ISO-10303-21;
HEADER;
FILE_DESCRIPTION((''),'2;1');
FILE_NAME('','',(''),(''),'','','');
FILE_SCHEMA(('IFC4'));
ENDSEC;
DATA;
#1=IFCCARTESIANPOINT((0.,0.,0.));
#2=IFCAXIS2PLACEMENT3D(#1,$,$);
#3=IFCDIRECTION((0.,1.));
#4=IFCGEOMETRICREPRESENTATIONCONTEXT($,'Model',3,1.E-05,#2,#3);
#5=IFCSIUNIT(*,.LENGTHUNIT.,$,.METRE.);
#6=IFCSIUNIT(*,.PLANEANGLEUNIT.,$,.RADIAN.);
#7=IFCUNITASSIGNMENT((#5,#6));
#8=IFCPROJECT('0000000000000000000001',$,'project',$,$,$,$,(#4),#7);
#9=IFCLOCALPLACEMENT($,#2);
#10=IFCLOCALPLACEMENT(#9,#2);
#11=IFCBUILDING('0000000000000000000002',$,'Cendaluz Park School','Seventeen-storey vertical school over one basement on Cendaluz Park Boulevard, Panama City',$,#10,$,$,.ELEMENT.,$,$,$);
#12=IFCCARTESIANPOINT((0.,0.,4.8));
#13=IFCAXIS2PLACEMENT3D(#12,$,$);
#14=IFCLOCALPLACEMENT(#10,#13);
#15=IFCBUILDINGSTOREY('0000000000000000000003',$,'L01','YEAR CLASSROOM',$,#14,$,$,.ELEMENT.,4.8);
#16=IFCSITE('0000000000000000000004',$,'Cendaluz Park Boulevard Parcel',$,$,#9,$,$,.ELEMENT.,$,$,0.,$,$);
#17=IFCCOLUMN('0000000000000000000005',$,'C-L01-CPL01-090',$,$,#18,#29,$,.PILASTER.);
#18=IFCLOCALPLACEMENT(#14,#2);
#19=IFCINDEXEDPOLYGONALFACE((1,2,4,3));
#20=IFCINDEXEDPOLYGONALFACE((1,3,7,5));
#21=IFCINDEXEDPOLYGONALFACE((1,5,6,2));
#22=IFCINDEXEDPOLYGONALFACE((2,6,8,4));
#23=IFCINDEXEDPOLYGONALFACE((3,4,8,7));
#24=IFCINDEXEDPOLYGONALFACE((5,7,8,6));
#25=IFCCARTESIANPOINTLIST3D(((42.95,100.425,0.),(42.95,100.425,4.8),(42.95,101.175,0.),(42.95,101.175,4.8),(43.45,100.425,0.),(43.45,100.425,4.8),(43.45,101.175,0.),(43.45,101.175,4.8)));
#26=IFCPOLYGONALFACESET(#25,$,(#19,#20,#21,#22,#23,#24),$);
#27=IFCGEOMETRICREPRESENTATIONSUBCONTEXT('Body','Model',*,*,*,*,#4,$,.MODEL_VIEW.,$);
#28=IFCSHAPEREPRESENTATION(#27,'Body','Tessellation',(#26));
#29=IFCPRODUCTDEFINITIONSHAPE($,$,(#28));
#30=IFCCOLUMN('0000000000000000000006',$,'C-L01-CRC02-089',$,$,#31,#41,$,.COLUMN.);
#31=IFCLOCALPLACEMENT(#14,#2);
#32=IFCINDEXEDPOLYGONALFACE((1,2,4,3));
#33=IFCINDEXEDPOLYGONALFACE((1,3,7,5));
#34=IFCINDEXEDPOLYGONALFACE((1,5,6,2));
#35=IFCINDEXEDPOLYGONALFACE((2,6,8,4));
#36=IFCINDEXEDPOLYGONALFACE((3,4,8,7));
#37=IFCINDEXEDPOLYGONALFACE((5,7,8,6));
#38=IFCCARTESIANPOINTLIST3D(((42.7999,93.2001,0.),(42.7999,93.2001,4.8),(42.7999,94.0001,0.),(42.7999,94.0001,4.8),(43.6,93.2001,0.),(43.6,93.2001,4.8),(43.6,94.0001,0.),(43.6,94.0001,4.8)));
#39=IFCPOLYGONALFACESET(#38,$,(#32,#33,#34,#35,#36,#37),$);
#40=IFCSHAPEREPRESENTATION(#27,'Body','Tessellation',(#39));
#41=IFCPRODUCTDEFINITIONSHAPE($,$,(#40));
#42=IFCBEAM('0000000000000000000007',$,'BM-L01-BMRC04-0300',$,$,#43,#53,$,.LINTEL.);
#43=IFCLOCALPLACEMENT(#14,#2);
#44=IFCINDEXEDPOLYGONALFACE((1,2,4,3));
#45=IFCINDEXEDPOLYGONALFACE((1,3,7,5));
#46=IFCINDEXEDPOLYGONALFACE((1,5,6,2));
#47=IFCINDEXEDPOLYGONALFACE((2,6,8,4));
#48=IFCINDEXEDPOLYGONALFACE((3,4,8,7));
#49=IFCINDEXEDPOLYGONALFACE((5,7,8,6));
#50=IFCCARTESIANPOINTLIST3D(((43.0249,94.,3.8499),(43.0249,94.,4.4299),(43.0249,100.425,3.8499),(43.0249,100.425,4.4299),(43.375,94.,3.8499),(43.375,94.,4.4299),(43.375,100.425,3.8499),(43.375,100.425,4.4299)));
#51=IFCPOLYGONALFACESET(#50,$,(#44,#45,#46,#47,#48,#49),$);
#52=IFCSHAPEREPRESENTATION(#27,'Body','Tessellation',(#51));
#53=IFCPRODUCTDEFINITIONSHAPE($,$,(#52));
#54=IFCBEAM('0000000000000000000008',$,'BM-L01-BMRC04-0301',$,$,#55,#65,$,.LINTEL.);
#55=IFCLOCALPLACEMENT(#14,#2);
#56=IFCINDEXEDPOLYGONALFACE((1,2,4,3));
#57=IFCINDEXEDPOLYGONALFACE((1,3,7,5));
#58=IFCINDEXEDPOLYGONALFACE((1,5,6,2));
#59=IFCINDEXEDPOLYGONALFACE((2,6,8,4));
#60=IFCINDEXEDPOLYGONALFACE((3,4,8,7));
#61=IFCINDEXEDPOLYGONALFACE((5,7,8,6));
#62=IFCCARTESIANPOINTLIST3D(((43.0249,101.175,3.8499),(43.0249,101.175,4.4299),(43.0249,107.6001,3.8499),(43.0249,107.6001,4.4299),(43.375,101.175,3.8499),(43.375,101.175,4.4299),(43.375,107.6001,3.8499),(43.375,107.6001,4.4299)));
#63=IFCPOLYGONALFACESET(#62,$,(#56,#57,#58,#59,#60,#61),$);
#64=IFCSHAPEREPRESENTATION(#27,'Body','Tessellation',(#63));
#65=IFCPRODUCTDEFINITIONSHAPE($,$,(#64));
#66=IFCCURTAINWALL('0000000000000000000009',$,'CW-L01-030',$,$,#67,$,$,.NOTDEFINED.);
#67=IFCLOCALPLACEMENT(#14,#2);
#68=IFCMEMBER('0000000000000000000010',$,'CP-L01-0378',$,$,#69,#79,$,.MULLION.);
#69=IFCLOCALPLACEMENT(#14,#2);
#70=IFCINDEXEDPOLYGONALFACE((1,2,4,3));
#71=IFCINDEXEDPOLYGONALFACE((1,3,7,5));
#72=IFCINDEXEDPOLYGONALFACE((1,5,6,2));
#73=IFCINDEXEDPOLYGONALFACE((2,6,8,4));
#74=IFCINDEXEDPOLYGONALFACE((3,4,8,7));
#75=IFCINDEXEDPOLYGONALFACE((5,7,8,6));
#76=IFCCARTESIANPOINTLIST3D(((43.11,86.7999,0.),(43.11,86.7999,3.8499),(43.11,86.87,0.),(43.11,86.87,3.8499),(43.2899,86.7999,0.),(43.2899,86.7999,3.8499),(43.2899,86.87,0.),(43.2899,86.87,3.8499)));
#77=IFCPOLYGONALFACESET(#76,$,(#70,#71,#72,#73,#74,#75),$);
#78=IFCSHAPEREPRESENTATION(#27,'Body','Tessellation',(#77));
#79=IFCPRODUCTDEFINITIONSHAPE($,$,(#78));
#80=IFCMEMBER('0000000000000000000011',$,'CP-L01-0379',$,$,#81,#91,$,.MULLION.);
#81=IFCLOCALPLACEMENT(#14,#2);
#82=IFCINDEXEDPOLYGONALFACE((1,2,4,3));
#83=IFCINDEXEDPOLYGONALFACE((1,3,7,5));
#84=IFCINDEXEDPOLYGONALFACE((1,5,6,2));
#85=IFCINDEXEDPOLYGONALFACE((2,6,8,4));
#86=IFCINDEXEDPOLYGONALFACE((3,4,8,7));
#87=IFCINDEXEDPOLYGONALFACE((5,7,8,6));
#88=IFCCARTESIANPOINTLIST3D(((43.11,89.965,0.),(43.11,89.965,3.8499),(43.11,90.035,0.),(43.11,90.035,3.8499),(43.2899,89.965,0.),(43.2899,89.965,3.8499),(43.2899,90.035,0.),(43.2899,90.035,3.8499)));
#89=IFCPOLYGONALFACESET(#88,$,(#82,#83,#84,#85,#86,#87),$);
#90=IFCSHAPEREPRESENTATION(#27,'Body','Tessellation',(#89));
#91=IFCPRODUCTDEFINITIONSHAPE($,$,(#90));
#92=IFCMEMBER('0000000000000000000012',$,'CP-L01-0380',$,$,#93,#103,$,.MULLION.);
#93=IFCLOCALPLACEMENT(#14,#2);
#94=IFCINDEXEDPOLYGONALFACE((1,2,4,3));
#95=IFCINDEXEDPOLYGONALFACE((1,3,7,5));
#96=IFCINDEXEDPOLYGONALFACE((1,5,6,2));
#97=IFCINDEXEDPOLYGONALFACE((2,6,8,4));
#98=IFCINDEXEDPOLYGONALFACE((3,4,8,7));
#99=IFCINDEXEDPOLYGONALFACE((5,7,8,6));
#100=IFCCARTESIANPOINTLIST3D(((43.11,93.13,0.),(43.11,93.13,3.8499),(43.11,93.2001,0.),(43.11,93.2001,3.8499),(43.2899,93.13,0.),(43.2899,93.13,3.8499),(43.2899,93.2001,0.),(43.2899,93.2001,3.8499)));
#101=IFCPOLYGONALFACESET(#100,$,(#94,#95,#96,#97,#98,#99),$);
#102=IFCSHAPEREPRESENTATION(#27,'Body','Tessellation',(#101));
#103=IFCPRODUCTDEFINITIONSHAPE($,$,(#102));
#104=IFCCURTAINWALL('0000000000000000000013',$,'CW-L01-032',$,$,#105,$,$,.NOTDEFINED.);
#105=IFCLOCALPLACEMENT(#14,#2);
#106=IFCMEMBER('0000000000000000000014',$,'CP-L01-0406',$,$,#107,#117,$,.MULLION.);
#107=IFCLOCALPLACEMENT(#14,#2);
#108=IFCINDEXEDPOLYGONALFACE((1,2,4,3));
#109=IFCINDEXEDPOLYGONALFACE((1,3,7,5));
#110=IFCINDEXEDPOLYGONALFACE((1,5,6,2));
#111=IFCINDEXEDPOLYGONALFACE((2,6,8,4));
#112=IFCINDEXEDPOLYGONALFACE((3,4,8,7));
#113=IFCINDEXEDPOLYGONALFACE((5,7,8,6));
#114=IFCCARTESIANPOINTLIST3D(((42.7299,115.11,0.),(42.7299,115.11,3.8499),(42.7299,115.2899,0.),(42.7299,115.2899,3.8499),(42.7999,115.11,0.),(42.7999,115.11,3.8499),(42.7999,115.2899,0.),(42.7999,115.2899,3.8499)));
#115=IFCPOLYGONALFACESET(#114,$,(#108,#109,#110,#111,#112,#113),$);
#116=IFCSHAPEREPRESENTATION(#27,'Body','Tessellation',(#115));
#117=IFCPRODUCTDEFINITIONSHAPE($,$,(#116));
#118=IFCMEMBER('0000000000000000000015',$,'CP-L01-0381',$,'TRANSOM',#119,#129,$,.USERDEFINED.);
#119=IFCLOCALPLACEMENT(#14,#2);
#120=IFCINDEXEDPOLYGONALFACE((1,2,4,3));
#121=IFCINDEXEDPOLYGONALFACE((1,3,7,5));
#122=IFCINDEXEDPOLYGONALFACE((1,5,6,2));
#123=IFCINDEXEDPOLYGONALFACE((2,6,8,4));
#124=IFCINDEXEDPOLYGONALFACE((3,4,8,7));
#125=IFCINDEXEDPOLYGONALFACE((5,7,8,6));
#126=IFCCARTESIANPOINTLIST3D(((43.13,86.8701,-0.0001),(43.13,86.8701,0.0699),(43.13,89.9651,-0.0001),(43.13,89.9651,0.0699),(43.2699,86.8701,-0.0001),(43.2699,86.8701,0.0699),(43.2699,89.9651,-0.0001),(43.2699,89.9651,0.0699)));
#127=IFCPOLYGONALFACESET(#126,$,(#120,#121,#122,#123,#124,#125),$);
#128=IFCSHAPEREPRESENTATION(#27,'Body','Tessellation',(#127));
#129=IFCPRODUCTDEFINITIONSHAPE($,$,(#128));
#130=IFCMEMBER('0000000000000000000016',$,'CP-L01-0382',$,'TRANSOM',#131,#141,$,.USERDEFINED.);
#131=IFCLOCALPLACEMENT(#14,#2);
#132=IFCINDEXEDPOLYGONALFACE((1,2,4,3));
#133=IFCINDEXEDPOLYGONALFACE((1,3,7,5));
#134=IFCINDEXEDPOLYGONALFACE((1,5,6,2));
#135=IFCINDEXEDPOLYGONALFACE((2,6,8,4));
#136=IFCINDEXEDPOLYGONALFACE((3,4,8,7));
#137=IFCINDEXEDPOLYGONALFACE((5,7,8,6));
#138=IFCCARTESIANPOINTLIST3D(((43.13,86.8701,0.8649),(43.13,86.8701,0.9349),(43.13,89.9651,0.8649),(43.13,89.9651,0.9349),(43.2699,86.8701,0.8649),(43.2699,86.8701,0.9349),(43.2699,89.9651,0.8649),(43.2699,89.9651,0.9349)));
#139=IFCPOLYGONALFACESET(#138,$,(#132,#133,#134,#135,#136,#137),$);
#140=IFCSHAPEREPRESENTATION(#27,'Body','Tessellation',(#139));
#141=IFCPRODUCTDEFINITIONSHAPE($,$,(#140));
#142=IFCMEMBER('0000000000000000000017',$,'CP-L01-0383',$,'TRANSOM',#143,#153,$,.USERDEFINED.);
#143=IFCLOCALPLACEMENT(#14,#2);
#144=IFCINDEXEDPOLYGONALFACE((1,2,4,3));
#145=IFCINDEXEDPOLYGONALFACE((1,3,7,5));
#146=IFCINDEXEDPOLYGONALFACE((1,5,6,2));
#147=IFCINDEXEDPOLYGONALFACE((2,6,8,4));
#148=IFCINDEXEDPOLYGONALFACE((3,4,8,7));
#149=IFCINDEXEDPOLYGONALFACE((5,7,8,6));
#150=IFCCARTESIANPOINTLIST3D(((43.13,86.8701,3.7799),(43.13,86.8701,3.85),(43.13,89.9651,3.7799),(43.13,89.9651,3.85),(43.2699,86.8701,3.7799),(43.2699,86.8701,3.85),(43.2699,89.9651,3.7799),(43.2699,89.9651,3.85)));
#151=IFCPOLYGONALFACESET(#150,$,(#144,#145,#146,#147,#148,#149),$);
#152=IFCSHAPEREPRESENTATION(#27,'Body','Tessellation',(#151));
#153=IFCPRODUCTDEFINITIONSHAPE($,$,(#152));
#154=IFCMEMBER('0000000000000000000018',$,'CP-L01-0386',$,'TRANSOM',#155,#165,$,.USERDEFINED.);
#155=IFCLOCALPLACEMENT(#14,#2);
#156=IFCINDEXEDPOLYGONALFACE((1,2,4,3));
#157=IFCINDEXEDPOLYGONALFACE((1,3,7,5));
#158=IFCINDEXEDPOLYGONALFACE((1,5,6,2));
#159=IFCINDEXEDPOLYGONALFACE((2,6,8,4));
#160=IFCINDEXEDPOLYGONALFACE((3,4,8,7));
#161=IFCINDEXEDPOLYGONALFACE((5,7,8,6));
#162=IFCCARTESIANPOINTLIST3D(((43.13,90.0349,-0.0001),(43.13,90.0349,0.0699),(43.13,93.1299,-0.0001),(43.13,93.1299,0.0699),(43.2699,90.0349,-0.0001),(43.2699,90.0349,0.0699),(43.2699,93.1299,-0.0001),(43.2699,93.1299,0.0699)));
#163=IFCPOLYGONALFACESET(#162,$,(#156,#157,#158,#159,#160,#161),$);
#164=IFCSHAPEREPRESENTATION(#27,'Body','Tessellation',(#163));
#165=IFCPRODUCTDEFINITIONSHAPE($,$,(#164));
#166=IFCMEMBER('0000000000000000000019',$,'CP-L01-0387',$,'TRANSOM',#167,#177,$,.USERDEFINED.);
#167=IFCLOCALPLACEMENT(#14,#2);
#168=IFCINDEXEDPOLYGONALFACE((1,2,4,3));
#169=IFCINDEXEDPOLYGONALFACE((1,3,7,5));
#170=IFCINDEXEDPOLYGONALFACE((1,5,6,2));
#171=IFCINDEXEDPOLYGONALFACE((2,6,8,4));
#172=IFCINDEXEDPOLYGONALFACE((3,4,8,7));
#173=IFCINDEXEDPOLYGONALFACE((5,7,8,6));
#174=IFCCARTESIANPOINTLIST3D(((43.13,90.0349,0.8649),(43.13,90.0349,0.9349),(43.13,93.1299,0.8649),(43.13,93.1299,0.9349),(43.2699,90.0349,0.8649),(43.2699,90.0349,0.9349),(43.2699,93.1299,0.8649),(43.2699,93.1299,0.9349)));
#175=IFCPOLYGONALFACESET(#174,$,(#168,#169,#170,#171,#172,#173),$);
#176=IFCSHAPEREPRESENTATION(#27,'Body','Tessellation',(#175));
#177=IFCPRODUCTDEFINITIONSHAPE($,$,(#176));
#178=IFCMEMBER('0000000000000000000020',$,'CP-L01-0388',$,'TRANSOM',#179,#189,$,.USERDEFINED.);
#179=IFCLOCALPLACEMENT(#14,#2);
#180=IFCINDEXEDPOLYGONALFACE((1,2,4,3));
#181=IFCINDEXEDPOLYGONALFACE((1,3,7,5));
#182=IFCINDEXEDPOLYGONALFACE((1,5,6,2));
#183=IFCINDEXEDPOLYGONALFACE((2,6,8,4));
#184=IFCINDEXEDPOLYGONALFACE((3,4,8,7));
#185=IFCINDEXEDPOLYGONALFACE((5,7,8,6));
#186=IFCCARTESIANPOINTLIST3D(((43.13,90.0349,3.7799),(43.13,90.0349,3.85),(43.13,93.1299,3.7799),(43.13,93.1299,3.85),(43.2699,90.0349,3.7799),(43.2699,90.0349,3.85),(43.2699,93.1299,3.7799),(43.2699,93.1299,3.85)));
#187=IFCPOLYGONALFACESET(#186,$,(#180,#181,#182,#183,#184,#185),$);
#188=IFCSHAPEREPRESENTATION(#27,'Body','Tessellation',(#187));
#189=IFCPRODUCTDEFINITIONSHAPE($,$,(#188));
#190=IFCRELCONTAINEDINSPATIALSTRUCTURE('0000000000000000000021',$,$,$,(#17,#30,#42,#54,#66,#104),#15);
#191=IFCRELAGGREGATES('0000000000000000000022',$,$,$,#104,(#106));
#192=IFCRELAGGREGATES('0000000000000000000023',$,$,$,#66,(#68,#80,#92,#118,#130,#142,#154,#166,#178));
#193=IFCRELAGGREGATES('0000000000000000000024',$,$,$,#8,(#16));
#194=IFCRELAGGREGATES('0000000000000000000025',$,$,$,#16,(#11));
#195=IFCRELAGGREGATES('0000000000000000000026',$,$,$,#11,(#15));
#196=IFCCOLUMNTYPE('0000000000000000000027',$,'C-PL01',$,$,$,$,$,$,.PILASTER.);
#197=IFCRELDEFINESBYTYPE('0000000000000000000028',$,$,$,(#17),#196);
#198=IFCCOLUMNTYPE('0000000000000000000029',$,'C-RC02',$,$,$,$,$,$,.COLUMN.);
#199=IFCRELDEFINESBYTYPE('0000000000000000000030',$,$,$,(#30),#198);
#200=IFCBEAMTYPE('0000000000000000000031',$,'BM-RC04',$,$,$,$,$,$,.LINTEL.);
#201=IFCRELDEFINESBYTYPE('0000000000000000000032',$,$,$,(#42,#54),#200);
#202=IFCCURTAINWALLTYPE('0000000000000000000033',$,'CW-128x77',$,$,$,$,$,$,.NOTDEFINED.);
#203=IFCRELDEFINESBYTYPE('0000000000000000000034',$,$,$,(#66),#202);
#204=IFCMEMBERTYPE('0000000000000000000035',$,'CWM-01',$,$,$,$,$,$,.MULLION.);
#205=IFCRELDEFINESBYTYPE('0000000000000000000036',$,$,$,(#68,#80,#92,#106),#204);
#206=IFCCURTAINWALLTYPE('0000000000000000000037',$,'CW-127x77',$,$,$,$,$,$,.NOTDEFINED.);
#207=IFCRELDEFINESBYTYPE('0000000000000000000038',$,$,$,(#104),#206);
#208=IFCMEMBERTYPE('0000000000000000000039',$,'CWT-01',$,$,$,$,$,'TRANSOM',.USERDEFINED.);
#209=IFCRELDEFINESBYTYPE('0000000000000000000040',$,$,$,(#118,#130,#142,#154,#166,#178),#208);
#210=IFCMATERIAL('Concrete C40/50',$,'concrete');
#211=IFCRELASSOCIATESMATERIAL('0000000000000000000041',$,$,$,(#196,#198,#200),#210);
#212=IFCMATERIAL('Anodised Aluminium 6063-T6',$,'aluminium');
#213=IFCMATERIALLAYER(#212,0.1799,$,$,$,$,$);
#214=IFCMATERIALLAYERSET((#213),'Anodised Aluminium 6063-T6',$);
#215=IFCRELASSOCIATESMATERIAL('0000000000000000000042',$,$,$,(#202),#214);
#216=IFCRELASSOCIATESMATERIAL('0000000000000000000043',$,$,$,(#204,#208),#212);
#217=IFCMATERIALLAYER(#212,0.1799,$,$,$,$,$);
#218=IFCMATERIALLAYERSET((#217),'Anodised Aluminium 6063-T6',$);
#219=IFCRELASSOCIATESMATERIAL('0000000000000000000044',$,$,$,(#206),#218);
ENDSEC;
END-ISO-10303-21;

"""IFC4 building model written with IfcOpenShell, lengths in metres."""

from ifc_helpers import new_model, si_unit, direction, frame, origin, origin_2d, place, context, subcontext, project, spatial, rectangle, extrude, material, layer, layer_set, material_profile, profile_set, type_object, element, aggregate, save


model = new_model("IFC4")

# Units and contexts
model_context = context("Model", 3, precision=1e-05, world=origin(), true_north=direction((0.0, 1.0)))
body_context = subcontext(model_context, "Body", "Model", "MODEL_VIEW")
ifc_project = project(units=[si_unit("LENGTHUNIT", "METRE"), si_unit("PLANEANGLEUNIT", "RADIAN")], contexts=[model_context])

# Site, building, storey
site_placement = place(None, origin())
site = spatial("IfcSite", under=ifc_project, at=site_placement, Name="Cendaluz Park Boulevard Parcel", CompositionType="ELEMENT", RefElevation=0.0)
building_placement = place(site_placement, origin())
building = spatial("IfcBuilding", under=site, at=building_placement, Name="Cendaluz Park School", Description="Seventeen-storey vertical school over one basement on Cendaluz Park Boulevard, Panama City", CompositionType="ELEMENT")
storey_placement = place(building_placement, frame((0.0, 0.0, 4.8)))
storey = spatial("IfcBuildingStorey", under=building, at=storey_placement, Name="L01", Description="YEAR CLASSROOM", CompositionType="ELEMENT", Elevation=4.8)

# Columns
ifc_material_1 = material(Name="Concrete C40/50", Category="concrete")
ifc_material_profile_1 = material_profile(ifc_material_1, rectangle(XDim=0.5, YDim=0.75, at=origin_2d()), Name="RC 500x750", Category="concrete")
ifc_profile_set_1 = profile_set([ifc_material_profile_1], Name="Concrete C40/50")
column_type_1 = type_object("IfcColumnType", Name="C-PL01", PredefinedType="PILASTER", material=ifc_profile_set_1)
column_1_placement = place(storey_placement, frame((43.2, 100.8, 0.0), z_axis=(0.0, 0.0, 1.0), x_axis=(1.0, 0.0, 0.0)))
element("IfcColumn", 1, at=column_1_placement, inside=storey, type_object=column_type_1, Name="C-L01-CPL01-090", PredefinedType="PILASTER", context=body_context, shape_type="SweptSolid", body=[
    extrude(rectangle(XDim=0.5, YDim=0.75, at=origin_2d()), origin(), (0.0, 0.0, 1.0), 4.8),
])
ifc_material_profile_2 = material_profile(ifc_material_1, rectangle(XDim=0.8, YDim=0.8, at=origin_2d()), Name="RC 800x800", Category="concrete")
ifc_profile_set_2 = profile_set([ifc_material_profile_2], Name="Concrete C40/50")
column_type_2 = type_object("IfcColumnType", Name="C-RC02", PredefinedType="COLUMN", material=ifc_profile_set_2)
column_2_placement = place(storey_placement, frame((43.2, 93.6001, 0.0), z_axis=(0.0, 0.0, 1.0), x_axis=(1.0, 0.0, 0.0)))
element("IfcColumn", 2, at=column_2_placement, inside=storey, type_object=column_type_2, Name="C-L01-CRC02-089", PredefinedType="COLUMN", context=body_context, shape_type="SweptSolid", body=[
    extrude(rectangle(XDim=0.8, YDim=0.8, at=origin_2d()), origin(), (0.0, 0.0, 1.0), 4.8),
])

# Beams
ifc_material_profile_3 = material_profile(ifc_material_1, rectangle(XDim=0.3501, YDim=0.5801, at=origin_2d()), Name="RC 350x580", Category="concrete")
ifc_profile_set_3 = profile_set([ifc_material_profile_3], Name="Concrete C40/50")
beam_type = type_object("IfcBeamType", Name="BM-RC04", PredefinedType="LINTEL", material=ifc_profile_set_3)
for number, where, z_axis, x_axis, name in (
    (3, (43.2, 94.0, 4.1399), (0.0, 1.0, 0.0), (-1.0, 0.0, 0.0), "BM-L01-BMRC04-0300"),
    (4, (43.2, 101.175, 4.1399), (0.0, 1.0, 0.0), (-1.0, 0.0, 0.0), "BM-L01-BMRC04-0301"),
):
    element("IfcBeam", number, at=place(storey_placement, frame(where, z_axis=z_axis, x_axis=x_axis)), inside=storey, type_object=beam_type, Name=name, PredefinedType="LINTEL", context=body_context, shape_type="SweptSolid", body=[
        extrude(rectangle(XDim=0.3501, YDim=0.5801, at=origin_2d()), origin(), (0.0, 0.0, 1.0), 6.425),
    ])

# Curtain wall, members
ifc_material_2 = material(Name="Anodised Aluminium 6063-T6", Category="aluminium")
ifc_layer_1 = layer(ifc_material_2, 0.1799)
ifc_layer_set_1 = layer_set([ifc_layer_1], Name="Anodised Aluminium 6063-T6")
curtain_wall_type_1 = type_object("IfcCurtainWallType", Name="CW-128x77", PredefinedType="NOTDEFINED", material=ifc_layer_set_1)
curtain_wall_1_placement = place(storey_placement, origin())
curtain_wall_1 = element("IfcCurtainWall", 5, at=curtain_wall_1_placement, inside=storey, type_object=curtain_wall_type_1, Name="CW-L01-030", PredefinedType="NOTDEFINED")
ifc_material_profile_4 = material_profile(ifc_material_2, rectangle(XDim=0.1799, YDim=0.0701, at=origin_2d()), Name="CWM 180x70", Category="aluminium")
ifc_profile_set_4 = profile_set([ifc_material_profile_4], Name="Anodised Aluminium 6063-T6")
member_type_1 = type_object("IfcMemberType", Name="CWM-01", PredefinedType="MULLION", material=ifc_profile_set_4)
member_1_placement = place(storey_placement, frame((43.2, 86.835, 0.0), z_axis=(0.0, 0.0, 1.0), x_axis=(-1.0, 0.0, 0.0)))
member_1 = element("IfcMember", 6, at=member_1_placement, type_object=member_type_1, Name="CP-L01-0378", PredefinedType="MULLION", context=body_context, shape_type="SweptSolid", body=[
    extrude(rectangle(XDim=0.1799, YDim=0.0701, at=origin_2d()), origin(), (0.0, 0.0, 1.0), 3.8499),
])
member_2_placement = place(storey_placement, frame((43.2, 90.0, 0.0), z_axis=(0.0, 0.0, 1.0), x_axis=(-1.0, 0.0, 0.0)))
member_2 = element("IfcMember", 7, at=member_2_placement, type_object=member_type_1, Name="CP-L01-0379", PredefinedType="MULLION", context=body_context, shape_type="SweptSolid", body=[
    extrude(rectangle(XDim=0.1799, YDim=0.0701, at=origin_2d()), origin(), (0.0, 0.0, 1.0), 3.8499),
])
member_3_placement = place(storey_placement, frame((43.2, 93.165, 0.0), z_axis=(0.0, 0.0, 1.0), x_axis=(-1.0, 0.0, 0.0)))
member_3 = element("IfcMember", 8, at=member_3_placement, type_object=member_type_1, Name="CP-L01-0380", PredefinedType="MULLION", context=body_context, shape_type="SweptSolid", body=[
    extrude(rectangle(XDim=0.1799, YDim=0.0701, at=origin_2d()), origin(), (0.0, 0.0, 1.0), 3.8499),
])

# Curtain wall, member
ifc_layer_2 = layer(ifc_material_2, 0.1799)
ifc_layer_set_2 = layer_set([ifc_layer_2], Name="Anodised Aluminium 6063-T6")
curtain_wall_type_2 = type_object("IfcCurtainWallType", Name="CW-127x77", PredefinedType="NOTDEFINED", material=ifc_layer_set_2)
curtain_wall_2_placement = place(storey_placement, origin())
curtain_wall_2 = element("IfcCurtainWall", 9, at=curtain_wall_2_placement, inside=storey, type_object=curtain_wall_type_2, Name="CW-L01-032", PredefinedType="NOTDEFINED")
member_4_placement = place(storey_placement, frame((42.7649, 115.2, 0.0), z_axis=(0.0, 0.0, 1.0), x_axis=(0.0, 1.0, 0.0)))
member_4 = element("IfcMember", 10, at=member_4_placement, type_object=member_type_1, Name="CP-L01-0406", PredefinedType="MULLION", context=body_context, shape_type="SweptSolid", body=[
    extrude(rectangle(XDim=0.1799, YDim=0.0701, at=origin_2d()), origin(), (0.0, 0.0, 1.0), 3.8499),
])

# Members
ifc_material_profile_5 = material_profile(ifc_material_2, rectangle(XDim=0.1399, YDim=0.0701, at=origin_2d()), Name="CWT 140x70", Category="aluminium")
ifc_profile_set_5 = profile_set([ifc_material_profile_5], Name="Anodised Aluminium 6063-T6")
member_type_2 = type_object("IfcMemberType", Name="CWT-01", ElementType="TRANSOM", PredefinedType="USERDEFINED", material=ifc_profile_set_5)
member_5_placement = place(storey_placement, frame((43.2, 86.8701, 0.0349), z_axis=(0.0, 1.0, 0.0), x_axis=(-1.0, 0.0, 0.0)))
member_5 = element("IfcMember", 11, at=member_5_placement, type_object=member_type_2, Name="CP-L01-0381", ObjectType="TRANSOM", PredefinedType="USERDEFINED", context=body_context, shape_type="SweptSolid", body=[
    extrude(rectangle(XDim=0.1399, YDim=0.0701, at=origin_2d()), origin(), (0.0, 0.0, 1.0), 3.095),
])
member_6_placement = place(storey_placement, frame((43.2, 86.8701, 0.8999), z_axis=(0.0, 1.0, 0.0), x_axis=(-1.0, 0.0, 0.0)))
member_6 = element("IfcMember", 12, at=member_6_placement, type_object=member_type_2, Name="CP-L01-0382", ObjectType="TRANSOM", PredefinedType="USERDEFINED", context=body_context, shape_type="SweptSolid", body=[
    extrude(rectangle(XDim=0.1399, YDim=0.0701, at=origin_2d()), origin(), (0.0, 0.0, 1.0), 3.095),
])
member_7_placement = place(storey_placement, frame((43.2, 86.8701, 3.8149), z_axis=(0.0, 1.0, 0.0), x_axis=(-1.0, 0.0, 0.0)))
member_7 = element("IfcMember", 13, at=member_7_placement, type_object=member_type_2, Name="CP-L01-0383", ObjectType="TRANSOM", PredefinedType="USERDEFINED", context=body_context, shape_type="SweptSolid", body=[
    extrude(rectangle(XDim=0.1399, YDim=0.0701, at=origin_2d()), origin(), (0.0, 0.0, 1.0), 3.095),
])
member_8_placement = place(storey_placement, frame((43.2, 90.0349, 0.0349), z_axis=(0.0, 1.0, 0.0), x_axis=(-1.0, 0.0, 0.0)))
member_8 = element("IfcMember", 14, at=member_8_placement, type_object=member_type_2, Name="CP-L01-0386", ObjectType="TRANSOM", PredefinedType="USERDEFINED", context=body_context, shape_type="SweptSolid", body=[
    extrude(rectangle(XDim=0.1399, YDim=0.0701, at=origin_2d()), origin(), (0.0, 0.0, 1.0), 3.095),
])
member_9_placement = place(storey_placement, frame((43.2, 90.0349, 0.8999), z_axis=(0.0, 1.0, 0.0), x_axis=(-1.0, 0.0, 0.0)))
member_9 = element("IfcMember", 15, at=member_9_placement, type_object=member_type_2, Name="CP-L01-0387", ObjectType="TRANSOM", PredefinedType="USERDEFINED", context=body_context, shape_type="SweptSolid", body=[
    extrude(rectangle(XDim=0.1399, YDim=0.0701, at=origin_2d()), origin(), (0.0, 0.0, 1.0), 3.095),
])
member_10_placement = place(storey_placement, frame((43.2, 90.0349, 3.8149), z_axis=(0.0, 1.0, 0.0), x_axis=(-1.0, 0.0, 0.0)))
member_10 = element("IfcMember", 16, at=member_10_placement, type_object=member_type_2, Name="CP-L01-0388", ObjectType="TRANSOM", PredefinedType="USERDEFINED", context=body_context, shape_type="SweptSolid", body=[
    extrude(rectangle(XDim=0.1399, YDim=0.0701, at=origin_2d()), origin(), (0.0, 0.0, 1.0), 3.095),
])

aggregate(curtain_wall_2, [member_4])
aggregate(curtain_wall_1, [member_1, member_2, member_3, member_5, member_6, member_7, member_8, member_9, member_10])

save(model, "model.ifc")
